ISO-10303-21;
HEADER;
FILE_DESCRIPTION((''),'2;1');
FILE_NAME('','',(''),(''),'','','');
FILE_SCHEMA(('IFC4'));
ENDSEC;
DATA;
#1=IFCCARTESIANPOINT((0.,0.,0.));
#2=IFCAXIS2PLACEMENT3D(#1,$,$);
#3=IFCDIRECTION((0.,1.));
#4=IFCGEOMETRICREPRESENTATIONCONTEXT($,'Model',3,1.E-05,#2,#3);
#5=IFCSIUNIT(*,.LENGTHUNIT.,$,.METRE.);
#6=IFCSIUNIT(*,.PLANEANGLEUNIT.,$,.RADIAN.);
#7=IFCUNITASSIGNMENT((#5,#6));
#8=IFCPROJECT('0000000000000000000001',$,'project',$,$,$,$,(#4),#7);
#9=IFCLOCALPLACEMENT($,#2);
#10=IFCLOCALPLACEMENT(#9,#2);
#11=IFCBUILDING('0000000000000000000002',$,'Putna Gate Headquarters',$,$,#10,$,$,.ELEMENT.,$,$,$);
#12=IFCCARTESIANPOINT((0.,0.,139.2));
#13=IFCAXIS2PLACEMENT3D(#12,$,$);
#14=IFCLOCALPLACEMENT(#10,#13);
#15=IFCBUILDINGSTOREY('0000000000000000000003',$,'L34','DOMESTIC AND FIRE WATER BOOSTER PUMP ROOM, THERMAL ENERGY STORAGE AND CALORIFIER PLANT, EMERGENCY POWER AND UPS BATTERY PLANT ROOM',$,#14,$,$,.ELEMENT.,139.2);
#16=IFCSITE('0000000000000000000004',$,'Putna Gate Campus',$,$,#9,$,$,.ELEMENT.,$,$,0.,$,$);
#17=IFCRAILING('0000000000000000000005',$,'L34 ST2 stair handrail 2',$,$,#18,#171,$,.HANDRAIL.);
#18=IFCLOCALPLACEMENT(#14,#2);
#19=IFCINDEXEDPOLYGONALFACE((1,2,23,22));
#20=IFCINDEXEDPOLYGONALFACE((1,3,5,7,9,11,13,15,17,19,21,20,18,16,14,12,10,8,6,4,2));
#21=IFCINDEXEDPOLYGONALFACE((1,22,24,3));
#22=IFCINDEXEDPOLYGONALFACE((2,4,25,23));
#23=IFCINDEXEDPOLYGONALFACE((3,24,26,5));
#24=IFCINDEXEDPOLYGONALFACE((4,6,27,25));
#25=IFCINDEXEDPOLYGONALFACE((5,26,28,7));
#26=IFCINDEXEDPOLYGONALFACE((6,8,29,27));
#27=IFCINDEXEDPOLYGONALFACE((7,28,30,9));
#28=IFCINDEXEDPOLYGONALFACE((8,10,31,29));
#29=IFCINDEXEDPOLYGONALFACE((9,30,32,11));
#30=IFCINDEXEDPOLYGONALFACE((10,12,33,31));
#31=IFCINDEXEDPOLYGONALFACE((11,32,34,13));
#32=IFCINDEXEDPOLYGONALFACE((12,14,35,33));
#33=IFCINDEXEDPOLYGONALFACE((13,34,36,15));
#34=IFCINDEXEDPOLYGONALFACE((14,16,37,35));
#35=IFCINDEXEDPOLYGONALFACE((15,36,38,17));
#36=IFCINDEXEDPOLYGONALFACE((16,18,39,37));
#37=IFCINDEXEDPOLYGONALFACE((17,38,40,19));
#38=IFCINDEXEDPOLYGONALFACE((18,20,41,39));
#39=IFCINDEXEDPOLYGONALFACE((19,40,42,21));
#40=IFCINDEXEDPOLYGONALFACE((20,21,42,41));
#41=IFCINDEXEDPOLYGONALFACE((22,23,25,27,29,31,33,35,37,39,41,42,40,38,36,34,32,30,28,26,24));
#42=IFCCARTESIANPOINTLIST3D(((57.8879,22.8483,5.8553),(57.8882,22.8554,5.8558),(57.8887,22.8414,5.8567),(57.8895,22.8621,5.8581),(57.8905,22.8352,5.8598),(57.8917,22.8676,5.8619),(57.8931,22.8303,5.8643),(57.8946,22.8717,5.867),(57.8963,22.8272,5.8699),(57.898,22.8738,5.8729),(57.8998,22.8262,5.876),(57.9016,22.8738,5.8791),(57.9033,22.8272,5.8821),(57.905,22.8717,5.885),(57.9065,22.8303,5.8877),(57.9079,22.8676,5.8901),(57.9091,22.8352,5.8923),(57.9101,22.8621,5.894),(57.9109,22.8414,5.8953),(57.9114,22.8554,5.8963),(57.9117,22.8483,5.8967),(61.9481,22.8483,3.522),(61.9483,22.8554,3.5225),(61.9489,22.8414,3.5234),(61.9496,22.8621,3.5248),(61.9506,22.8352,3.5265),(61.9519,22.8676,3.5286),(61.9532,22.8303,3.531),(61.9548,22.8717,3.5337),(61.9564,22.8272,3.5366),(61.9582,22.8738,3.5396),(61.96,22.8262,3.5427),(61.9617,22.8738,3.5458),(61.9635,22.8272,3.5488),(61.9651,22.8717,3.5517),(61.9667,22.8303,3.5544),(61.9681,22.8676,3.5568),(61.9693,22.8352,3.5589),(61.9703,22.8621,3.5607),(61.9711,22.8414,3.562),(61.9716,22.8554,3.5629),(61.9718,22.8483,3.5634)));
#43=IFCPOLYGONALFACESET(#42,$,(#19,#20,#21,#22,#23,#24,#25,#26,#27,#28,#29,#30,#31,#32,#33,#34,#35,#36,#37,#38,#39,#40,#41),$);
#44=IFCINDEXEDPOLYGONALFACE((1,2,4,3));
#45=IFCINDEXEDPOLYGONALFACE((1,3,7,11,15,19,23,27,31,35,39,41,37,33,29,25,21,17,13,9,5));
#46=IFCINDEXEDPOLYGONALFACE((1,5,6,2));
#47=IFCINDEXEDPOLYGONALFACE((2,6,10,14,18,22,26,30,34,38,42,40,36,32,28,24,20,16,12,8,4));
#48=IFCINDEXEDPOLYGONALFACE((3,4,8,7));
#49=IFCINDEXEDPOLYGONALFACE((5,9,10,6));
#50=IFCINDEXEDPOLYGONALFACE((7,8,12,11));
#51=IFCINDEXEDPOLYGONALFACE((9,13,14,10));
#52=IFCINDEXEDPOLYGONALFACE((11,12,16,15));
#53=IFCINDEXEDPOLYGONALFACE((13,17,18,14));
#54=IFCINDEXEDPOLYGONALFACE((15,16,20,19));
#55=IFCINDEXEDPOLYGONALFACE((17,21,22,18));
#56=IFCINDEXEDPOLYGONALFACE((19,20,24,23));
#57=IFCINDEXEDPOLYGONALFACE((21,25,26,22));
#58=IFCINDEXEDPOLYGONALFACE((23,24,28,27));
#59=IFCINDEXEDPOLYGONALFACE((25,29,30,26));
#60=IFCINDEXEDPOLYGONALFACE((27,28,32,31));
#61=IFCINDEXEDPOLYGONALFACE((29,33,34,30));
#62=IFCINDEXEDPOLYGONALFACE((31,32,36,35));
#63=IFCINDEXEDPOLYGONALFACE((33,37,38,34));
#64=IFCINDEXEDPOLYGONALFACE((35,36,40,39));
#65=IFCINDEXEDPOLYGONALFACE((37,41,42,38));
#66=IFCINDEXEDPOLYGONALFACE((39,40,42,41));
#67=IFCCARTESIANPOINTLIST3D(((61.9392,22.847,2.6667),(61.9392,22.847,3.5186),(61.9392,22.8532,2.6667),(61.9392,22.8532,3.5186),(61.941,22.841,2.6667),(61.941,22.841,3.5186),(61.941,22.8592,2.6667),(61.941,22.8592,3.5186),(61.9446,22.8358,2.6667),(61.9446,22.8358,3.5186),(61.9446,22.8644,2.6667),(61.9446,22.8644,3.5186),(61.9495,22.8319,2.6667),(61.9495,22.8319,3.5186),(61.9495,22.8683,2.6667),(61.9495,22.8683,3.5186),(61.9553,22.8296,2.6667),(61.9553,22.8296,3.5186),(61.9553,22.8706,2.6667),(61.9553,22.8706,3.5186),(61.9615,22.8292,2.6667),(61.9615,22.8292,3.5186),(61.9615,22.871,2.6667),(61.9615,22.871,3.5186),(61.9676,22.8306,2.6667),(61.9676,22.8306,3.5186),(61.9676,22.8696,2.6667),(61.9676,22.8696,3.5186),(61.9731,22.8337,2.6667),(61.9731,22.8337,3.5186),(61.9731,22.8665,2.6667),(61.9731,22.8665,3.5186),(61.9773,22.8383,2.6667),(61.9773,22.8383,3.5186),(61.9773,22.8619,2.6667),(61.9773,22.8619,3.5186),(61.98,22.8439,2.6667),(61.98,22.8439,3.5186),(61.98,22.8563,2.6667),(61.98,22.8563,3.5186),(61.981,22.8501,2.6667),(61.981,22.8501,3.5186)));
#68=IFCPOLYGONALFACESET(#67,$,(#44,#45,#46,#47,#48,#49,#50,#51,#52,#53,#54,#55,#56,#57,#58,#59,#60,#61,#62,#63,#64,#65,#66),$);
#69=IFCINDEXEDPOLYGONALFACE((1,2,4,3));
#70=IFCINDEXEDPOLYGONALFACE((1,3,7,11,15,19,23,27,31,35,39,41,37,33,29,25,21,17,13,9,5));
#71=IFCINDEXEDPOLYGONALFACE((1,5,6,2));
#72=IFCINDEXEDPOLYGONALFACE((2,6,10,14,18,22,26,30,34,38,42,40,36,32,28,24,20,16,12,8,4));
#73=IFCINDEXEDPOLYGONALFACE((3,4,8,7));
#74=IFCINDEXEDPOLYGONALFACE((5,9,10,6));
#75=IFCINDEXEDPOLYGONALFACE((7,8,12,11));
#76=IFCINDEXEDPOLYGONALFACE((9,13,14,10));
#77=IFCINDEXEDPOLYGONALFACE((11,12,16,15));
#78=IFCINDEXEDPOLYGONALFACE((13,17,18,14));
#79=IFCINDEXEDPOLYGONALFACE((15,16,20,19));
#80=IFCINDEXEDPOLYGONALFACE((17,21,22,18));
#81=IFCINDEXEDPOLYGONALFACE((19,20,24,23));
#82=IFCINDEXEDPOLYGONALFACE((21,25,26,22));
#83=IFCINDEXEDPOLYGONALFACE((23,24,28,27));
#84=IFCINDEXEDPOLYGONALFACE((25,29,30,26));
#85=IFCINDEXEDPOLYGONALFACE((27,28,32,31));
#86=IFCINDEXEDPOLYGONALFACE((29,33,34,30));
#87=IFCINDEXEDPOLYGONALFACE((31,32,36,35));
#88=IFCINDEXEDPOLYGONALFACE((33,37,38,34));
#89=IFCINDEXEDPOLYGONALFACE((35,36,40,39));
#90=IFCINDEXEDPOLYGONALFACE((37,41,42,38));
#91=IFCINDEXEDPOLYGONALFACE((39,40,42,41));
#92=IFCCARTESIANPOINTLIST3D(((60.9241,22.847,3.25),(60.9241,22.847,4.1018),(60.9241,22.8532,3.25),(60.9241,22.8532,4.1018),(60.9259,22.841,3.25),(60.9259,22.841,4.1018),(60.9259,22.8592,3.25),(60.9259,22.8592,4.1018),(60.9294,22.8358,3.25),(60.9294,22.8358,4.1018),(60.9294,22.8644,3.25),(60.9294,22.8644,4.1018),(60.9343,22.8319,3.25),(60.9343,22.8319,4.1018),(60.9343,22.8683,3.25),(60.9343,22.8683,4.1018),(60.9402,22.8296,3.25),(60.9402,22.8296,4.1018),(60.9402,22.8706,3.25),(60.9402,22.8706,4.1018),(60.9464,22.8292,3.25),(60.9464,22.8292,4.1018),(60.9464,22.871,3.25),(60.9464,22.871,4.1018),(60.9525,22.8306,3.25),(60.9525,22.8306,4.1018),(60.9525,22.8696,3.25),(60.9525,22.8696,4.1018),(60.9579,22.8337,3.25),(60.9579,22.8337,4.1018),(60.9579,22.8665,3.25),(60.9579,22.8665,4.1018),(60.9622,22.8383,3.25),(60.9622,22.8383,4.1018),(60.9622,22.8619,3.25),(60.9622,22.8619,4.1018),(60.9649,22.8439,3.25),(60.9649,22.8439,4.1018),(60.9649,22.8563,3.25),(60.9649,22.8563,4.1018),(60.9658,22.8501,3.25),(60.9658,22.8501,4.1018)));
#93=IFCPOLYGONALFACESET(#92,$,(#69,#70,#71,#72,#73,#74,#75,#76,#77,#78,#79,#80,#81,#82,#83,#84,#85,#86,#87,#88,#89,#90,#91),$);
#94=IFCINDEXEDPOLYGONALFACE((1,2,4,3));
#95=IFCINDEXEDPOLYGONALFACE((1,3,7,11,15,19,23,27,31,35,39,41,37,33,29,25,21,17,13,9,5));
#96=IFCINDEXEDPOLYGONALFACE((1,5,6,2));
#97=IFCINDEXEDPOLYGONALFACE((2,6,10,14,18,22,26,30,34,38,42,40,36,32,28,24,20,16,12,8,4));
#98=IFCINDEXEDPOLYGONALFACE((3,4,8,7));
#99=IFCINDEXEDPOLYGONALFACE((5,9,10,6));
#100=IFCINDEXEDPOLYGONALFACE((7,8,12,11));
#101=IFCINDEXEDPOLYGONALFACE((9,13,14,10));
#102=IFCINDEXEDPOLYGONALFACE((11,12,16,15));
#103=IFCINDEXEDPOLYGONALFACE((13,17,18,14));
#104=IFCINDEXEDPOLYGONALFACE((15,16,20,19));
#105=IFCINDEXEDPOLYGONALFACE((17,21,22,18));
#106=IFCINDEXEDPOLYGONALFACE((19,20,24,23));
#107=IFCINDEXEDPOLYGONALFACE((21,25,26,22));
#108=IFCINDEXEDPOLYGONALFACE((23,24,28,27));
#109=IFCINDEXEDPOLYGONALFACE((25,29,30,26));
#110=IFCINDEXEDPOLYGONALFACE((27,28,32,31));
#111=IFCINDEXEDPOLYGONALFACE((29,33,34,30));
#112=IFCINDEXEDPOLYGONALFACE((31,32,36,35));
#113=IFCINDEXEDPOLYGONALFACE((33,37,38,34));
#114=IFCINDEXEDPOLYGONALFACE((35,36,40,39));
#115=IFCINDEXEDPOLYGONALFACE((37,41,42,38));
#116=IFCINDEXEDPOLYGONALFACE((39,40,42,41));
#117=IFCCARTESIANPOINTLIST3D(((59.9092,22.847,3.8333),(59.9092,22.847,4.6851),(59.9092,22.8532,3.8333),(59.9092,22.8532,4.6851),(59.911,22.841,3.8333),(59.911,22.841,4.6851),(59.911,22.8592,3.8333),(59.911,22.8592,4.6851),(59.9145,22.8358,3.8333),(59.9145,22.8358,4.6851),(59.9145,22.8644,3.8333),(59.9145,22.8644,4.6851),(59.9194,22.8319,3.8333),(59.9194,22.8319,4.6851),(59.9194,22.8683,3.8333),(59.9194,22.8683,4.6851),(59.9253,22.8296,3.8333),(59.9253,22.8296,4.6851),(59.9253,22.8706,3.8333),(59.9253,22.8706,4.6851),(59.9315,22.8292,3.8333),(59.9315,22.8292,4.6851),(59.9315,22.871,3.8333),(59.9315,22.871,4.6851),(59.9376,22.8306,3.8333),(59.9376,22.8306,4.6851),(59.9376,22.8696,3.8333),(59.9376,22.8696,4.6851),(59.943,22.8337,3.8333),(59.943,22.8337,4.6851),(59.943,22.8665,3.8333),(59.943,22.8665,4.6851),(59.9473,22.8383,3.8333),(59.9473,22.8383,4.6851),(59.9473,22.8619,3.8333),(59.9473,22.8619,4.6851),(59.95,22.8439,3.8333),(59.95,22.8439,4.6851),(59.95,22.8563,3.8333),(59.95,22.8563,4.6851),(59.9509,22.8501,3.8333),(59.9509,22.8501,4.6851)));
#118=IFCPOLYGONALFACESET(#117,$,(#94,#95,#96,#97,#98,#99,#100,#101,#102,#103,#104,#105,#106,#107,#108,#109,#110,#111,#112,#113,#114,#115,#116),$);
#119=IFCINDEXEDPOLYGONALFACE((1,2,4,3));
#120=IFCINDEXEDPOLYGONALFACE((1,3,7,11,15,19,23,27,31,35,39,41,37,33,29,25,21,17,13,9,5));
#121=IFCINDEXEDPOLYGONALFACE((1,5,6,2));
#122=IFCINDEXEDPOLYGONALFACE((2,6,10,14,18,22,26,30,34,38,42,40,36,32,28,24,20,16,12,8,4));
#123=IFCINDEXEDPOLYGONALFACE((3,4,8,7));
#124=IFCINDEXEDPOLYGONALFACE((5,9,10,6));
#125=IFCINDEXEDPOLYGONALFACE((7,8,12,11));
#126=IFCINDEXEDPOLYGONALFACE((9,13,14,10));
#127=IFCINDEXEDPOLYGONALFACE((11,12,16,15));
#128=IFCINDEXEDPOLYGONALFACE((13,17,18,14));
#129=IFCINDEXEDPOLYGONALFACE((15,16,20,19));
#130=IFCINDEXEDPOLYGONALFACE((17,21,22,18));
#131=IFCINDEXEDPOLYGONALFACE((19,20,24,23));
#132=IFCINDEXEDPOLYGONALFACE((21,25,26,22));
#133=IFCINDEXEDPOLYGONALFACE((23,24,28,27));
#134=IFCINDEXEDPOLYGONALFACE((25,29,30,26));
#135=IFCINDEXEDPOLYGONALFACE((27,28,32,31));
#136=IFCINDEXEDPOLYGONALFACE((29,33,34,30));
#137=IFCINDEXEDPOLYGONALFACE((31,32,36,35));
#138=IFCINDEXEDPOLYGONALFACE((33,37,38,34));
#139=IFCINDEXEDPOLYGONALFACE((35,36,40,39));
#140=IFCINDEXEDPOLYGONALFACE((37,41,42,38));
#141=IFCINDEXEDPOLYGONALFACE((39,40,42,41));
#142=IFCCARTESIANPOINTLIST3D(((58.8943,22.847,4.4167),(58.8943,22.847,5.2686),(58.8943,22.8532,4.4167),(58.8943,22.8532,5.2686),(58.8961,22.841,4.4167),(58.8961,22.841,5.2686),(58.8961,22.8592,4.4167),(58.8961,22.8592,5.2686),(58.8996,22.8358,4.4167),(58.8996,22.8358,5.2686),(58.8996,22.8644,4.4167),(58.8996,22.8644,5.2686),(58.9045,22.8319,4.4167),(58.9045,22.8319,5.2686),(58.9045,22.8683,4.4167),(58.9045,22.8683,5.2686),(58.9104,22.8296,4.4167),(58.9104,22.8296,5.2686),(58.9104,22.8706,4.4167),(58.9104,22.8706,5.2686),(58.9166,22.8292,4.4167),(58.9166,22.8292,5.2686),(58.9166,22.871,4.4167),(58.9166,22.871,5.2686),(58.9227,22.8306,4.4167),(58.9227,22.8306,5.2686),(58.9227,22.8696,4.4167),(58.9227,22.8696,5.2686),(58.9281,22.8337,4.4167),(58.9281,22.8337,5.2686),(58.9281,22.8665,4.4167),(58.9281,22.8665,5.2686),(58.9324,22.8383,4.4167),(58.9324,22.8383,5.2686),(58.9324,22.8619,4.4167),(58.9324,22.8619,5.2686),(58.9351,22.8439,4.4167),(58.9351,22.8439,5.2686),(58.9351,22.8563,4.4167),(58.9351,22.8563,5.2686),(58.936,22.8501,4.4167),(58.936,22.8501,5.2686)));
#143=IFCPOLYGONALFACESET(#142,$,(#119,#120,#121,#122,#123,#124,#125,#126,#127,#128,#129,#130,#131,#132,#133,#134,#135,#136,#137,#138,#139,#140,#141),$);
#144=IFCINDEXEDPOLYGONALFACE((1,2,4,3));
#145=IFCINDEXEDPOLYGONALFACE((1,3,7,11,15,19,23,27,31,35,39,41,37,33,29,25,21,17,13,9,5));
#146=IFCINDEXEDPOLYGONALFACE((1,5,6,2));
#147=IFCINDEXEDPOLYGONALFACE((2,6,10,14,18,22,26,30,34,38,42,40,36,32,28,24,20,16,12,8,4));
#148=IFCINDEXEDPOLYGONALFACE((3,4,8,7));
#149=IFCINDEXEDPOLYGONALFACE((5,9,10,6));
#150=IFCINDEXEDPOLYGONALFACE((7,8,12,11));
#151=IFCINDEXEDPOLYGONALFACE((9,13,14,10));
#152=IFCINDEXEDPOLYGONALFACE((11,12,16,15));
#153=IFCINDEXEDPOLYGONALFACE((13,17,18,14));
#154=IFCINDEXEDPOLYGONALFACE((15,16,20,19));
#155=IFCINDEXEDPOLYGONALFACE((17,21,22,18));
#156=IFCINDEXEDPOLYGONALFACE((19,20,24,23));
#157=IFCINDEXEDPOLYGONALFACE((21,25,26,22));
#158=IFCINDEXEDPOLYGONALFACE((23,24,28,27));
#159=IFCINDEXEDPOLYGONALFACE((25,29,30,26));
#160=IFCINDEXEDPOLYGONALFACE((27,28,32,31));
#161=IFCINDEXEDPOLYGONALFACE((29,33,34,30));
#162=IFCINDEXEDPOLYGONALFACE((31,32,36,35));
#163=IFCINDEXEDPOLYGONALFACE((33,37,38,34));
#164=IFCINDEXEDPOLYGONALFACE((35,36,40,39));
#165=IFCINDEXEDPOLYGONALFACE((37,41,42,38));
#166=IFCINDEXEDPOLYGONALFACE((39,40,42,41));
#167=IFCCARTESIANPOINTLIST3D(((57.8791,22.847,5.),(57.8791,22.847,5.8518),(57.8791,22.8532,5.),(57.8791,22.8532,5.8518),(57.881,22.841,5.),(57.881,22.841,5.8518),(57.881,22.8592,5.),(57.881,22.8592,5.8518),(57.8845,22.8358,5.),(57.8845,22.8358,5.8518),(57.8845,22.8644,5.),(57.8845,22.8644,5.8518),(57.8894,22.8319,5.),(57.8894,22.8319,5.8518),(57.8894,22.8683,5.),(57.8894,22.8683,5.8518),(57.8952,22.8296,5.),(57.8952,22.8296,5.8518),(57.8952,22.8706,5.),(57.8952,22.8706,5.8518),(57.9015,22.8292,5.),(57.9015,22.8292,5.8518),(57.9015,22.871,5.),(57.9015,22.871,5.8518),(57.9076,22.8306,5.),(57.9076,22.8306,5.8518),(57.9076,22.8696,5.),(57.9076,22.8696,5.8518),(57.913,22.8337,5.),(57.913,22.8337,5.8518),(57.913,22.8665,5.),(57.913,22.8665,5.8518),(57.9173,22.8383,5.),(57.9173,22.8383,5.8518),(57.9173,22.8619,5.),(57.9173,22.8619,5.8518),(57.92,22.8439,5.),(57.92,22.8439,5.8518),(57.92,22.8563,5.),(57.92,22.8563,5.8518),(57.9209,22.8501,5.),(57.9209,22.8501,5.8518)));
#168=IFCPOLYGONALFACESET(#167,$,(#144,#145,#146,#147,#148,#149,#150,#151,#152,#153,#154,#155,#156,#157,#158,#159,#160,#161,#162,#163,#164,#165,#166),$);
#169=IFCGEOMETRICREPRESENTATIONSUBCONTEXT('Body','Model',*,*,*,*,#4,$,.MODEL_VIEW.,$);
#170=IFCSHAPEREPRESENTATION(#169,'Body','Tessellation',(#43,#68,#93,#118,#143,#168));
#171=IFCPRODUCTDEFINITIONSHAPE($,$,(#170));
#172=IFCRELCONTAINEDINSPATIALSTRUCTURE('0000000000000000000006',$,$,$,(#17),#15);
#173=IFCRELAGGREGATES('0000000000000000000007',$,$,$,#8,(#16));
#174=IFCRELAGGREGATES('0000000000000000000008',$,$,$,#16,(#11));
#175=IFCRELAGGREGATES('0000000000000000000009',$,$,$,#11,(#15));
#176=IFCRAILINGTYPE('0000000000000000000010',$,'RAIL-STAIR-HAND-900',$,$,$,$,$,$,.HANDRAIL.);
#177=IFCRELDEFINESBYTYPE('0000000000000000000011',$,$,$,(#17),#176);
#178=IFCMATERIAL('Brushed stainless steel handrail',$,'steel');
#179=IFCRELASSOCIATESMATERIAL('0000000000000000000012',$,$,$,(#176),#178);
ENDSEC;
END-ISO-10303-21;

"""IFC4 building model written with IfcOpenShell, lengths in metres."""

from ifc_helpers import new_model, si_unit, direction, frame, origin, origin_2d, place, context, subcontext, project, spatial, circle, extrude, material, type_object, element, save


model = new_model("IFC4")

# Units and contexts
model_context = context("Model", 3, precision=1e-05, world=origin(), true_north=direction((0.0, 1.0)))
body_context = subcontext(model_context, "Body", "Model", "MODEL_VIEW")
ifc_project = project(units=[si_unit("LENGTHUNIT", "METRE"), si_unit("PLANEANGLEUNIT", "RADIAN")], contexts=[model_context])

# Site, building, storey
site_placement = place(None, origin())
site = spatial("IfcSite", under=ifc_project, at=site_placement, Name="Putna Gate Campus", CompositionType="ELEMENT", RefElevation=0.0)
building_placement = place(site_placement, origin())
building = spatial("IfcBuilding", under=site, at=building_placement, Name="Putna Gate Headquarters", CompositionType="ELEMENT")
storey_placement = place(building_placement, frame((0.0, 0.0, 139.2)))
storey = spatial("IfcBuildingStorey", under=building, at=storey_placement, Name="L34", Description="DOMESTIC AND FIRE WATER BOOSTER PUMP ROOM, THERMAL ENERGY STORAGE AND CALORIFIER PLANT, EMERGENCY POWER AND UPS BATTERY PLANT ROOM", CompositionType="ELEMENT", Elevation=139.2)

# Railing
ifc_material_1 = material(Name="Brushed stainless steel handrail", Category="steel")
railing_type = type_object("IfcRailingType", Name="RAIL-STAIR-HAND-900", PredefinedType="HANDRAIL", material=ifc_material_1)
railing_placement = place(storey_placement, frame((61.96, 22.8501, 2.6667)))
element("IfcRailing", 1, at=railing_placement, inside=storey, type_object=railing_type, Name="L34 ST2 stair handrail 2", PredefinedType="HANDRAIL", context=body_context, shape_type="SweptSolid", body=[
    extrude(circle(Radius=0.0239, at=origin_2d()), frame((0.0, 0.0, 0.876), z_axis=(-0.867025, 0.0, 0.498265), x_axis=(0.0, -1.0, 0.0)), (0.0, 0.0, 1.0), 4.6829),
    extrude(circle(Radius=0.021, at=origin_2d()), origin(), (0.0, 0.0, 1.0), 0.8518),
    extrude(circle(Radius=0.021, at=origin_2d()), frame((-1.0151, 0.0, 0.5833)), (0.0, 0.0, 1.0), 0.8518),
    extrude(circle(Radius=0.021, at=origin_2d()), frame((-2.03, 0.0, 1.1665)), (0.0, 0.0, 1.0), 0.8518),
    extrude(circle(Radius=0.021, at=origin_2d()), frame((-3.0449, 0.0, 1.75)), (0.0, 0.0, 1.0), 0.8518),
    extrude(circle(Radius=0.021, at=origin_2d()), frame((-4.0601, 0.0, 2.3333)), (0.0, 0.0, 1.0), 0.8518),
])

save(model, "model.ifc")
